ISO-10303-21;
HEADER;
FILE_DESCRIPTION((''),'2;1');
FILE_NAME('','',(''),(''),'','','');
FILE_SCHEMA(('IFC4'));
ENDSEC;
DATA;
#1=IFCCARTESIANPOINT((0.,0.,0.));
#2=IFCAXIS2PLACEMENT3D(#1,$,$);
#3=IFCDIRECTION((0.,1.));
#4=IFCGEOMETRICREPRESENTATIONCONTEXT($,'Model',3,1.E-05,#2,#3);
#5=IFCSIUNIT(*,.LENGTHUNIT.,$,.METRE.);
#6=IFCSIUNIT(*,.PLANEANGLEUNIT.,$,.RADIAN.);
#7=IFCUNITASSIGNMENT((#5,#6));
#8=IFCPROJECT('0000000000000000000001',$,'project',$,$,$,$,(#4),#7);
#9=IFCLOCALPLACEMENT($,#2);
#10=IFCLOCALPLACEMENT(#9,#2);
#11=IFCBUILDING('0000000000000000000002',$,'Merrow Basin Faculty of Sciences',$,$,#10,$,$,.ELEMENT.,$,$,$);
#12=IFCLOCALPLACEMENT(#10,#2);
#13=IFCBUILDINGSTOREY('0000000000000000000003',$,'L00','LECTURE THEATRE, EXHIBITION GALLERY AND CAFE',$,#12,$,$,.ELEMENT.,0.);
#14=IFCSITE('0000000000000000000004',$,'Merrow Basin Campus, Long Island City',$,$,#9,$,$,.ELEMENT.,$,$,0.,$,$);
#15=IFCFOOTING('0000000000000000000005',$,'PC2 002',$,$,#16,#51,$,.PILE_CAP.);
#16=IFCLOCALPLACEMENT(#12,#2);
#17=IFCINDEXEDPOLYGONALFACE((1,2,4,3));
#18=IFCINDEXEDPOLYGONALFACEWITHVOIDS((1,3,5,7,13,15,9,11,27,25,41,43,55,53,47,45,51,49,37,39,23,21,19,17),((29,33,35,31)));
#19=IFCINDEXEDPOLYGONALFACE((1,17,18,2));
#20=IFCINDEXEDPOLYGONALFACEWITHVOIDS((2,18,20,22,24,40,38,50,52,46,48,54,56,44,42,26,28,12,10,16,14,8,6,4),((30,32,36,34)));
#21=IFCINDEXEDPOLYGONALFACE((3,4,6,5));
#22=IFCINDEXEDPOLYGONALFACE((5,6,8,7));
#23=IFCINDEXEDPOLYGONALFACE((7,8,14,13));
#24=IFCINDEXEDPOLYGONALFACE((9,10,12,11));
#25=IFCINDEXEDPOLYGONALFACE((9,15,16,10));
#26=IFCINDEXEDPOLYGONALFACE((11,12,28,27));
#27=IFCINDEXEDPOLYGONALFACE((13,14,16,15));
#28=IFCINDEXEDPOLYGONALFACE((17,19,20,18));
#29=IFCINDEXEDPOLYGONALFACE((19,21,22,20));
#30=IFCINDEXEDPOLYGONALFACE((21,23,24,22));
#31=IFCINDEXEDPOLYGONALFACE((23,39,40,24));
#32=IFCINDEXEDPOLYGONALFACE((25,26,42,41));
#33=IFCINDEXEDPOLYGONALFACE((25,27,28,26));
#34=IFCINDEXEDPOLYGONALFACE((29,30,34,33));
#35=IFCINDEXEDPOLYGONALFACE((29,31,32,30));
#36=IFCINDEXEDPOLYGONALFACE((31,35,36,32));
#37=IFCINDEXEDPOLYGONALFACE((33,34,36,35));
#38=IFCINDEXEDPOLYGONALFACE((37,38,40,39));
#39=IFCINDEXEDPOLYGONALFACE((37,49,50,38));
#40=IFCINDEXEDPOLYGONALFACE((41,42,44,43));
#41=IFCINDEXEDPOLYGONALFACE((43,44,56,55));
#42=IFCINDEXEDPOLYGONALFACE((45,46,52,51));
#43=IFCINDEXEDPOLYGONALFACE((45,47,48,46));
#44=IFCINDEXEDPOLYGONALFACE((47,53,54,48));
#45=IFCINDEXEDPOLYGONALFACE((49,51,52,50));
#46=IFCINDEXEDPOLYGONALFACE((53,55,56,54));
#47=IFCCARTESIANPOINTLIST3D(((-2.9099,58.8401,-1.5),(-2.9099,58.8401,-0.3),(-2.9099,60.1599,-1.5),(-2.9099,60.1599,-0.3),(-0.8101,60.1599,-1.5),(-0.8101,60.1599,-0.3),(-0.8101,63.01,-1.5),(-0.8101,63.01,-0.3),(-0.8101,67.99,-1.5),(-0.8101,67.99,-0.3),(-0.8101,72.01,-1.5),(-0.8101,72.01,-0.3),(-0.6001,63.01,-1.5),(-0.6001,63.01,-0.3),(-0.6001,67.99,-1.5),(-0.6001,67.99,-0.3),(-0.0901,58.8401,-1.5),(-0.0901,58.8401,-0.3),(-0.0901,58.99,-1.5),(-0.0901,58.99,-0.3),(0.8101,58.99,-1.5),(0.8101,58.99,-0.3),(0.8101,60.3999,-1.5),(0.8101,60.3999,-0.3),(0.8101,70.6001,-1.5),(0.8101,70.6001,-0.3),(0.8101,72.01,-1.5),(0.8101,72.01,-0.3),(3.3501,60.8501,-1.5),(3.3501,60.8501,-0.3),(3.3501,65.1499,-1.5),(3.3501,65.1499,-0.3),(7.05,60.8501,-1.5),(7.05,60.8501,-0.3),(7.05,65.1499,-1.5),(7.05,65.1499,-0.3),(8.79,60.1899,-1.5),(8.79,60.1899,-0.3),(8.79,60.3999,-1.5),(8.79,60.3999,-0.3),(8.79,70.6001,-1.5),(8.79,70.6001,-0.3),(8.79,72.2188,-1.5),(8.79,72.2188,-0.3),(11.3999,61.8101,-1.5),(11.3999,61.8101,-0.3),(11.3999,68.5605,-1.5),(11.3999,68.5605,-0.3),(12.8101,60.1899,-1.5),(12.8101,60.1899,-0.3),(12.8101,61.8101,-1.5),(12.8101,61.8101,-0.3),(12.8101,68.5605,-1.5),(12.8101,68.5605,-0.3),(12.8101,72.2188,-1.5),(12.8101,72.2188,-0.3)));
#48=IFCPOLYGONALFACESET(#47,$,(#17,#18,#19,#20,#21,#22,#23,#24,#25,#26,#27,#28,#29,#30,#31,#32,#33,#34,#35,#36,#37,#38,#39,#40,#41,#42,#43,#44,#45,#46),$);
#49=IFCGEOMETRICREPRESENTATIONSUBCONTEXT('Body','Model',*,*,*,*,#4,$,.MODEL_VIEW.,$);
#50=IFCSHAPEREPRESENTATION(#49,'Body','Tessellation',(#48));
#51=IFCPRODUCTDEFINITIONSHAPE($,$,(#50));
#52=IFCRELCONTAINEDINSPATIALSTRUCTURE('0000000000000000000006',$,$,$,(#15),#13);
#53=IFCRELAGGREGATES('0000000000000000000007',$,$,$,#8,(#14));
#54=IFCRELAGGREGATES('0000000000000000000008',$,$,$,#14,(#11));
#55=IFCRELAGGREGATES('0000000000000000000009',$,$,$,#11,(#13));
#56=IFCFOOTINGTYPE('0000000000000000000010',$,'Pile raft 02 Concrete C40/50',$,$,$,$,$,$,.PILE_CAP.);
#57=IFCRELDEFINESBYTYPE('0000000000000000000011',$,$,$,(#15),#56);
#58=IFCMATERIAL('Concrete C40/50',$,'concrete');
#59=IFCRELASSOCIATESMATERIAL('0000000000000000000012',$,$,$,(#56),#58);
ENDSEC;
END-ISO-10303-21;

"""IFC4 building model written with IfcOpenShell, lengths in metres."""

from ifc_helpers import new_model, si_unit, direction, frame, origin, place, context, subcontext, project, spatial, polyline, outline, extrude, material, type_object, element, save


model = new_model("IFC4")

# Units and contexts
model_context = context("Model", 3, precision=1e-05, world=origin(), true_north=direction((0.0, 1.0)))
body_context = subcontext(model_context, "Body", "Model", "MODEL_VIEW")
ifc_project = project(units=[si_unit("LENGTHUNIT", "METRE"), si_unit("PLANEANGLEUNIT", "RADIAN")], contexts=[model_context])

# Site, building, storey
site_placement = place(None, origin())
site = spatial("IfcSite", under=ifc_project, at=site_placement, Name="Merrow Basin Campus, Long Island City", CompositionType="ELEMENT", RefElevation=0.0)
building_placement = place(site_placement, origin())
building = spatial("IfcBuilding", under=site, at=building_placement, Name="Merrow Basin Faculty of Sciences", CompositionType="ELEMENT")
storey_placement = place(building_placement, origin())
storey = spatial("IfcBuildingStorey", under=building, at=storey_placement, Name="L00", Description="LECTURE THEATRE, EXHIBITION GALLERY AND CAFE", CompositionType="ELEMENT", Elevation=0.0)

# Footing
ifc_material_1 = material(Name="Concrete C40/50", Category="concrete")
footing_type_1 = type_object("IfcFootingType", Name="Pile raft 02 Concrete C40/50", PredefinedType="PILE_CAP", material=ifc_material_1)
footing_1_placement = place(storey_placement, frame((0.0, 0.0, -1.5)))
element("IfcFooting", 1, at=footing_1_placement, inside=storey, type_object=footing_type_1, Name="PC2 002", PredefinedType="PILE_CAP", context=body_context, shape_type="SweptSolid", body=[
    extrude(outline(polyline([(-0.6001, 67.99), (-0.8101, 67.99), (-0.8101, 72.01), (0.8101, 72.01), (0.8101, 70.6001), (8.79, 70.6001), (8.79, 72.2188), (12.8101, 72.2188), (12.8101, 68.5605), (11.3999, 68.5605), (11.3999, 61.8101), (12.8101, 61.8101), (12.8101, 60.1899), (8.79, 60.1899), (8.79, 60.3999), (0.8101, 60.3999), (0.8101, 58.99), (-0.0901, 58.99), (-0.0901, 58.8401), (-2.9099, 58.8401), (-2.9099, 60.1599), (-0.8101, 60.1599), (-0.8101, 63.01), (-0.6001, 63.01), (-0.6001, 67.99)]), holes=[polyline([(3.3501, 60.8501), (7.05, 60.8501), (7.05, 65.1499), (3.3501, 65.1499), (3.3501, 60.8501)])]), origin(), (0.0, 0.0, 1.0), 1.2),
])

save(model, "model.ifc")
